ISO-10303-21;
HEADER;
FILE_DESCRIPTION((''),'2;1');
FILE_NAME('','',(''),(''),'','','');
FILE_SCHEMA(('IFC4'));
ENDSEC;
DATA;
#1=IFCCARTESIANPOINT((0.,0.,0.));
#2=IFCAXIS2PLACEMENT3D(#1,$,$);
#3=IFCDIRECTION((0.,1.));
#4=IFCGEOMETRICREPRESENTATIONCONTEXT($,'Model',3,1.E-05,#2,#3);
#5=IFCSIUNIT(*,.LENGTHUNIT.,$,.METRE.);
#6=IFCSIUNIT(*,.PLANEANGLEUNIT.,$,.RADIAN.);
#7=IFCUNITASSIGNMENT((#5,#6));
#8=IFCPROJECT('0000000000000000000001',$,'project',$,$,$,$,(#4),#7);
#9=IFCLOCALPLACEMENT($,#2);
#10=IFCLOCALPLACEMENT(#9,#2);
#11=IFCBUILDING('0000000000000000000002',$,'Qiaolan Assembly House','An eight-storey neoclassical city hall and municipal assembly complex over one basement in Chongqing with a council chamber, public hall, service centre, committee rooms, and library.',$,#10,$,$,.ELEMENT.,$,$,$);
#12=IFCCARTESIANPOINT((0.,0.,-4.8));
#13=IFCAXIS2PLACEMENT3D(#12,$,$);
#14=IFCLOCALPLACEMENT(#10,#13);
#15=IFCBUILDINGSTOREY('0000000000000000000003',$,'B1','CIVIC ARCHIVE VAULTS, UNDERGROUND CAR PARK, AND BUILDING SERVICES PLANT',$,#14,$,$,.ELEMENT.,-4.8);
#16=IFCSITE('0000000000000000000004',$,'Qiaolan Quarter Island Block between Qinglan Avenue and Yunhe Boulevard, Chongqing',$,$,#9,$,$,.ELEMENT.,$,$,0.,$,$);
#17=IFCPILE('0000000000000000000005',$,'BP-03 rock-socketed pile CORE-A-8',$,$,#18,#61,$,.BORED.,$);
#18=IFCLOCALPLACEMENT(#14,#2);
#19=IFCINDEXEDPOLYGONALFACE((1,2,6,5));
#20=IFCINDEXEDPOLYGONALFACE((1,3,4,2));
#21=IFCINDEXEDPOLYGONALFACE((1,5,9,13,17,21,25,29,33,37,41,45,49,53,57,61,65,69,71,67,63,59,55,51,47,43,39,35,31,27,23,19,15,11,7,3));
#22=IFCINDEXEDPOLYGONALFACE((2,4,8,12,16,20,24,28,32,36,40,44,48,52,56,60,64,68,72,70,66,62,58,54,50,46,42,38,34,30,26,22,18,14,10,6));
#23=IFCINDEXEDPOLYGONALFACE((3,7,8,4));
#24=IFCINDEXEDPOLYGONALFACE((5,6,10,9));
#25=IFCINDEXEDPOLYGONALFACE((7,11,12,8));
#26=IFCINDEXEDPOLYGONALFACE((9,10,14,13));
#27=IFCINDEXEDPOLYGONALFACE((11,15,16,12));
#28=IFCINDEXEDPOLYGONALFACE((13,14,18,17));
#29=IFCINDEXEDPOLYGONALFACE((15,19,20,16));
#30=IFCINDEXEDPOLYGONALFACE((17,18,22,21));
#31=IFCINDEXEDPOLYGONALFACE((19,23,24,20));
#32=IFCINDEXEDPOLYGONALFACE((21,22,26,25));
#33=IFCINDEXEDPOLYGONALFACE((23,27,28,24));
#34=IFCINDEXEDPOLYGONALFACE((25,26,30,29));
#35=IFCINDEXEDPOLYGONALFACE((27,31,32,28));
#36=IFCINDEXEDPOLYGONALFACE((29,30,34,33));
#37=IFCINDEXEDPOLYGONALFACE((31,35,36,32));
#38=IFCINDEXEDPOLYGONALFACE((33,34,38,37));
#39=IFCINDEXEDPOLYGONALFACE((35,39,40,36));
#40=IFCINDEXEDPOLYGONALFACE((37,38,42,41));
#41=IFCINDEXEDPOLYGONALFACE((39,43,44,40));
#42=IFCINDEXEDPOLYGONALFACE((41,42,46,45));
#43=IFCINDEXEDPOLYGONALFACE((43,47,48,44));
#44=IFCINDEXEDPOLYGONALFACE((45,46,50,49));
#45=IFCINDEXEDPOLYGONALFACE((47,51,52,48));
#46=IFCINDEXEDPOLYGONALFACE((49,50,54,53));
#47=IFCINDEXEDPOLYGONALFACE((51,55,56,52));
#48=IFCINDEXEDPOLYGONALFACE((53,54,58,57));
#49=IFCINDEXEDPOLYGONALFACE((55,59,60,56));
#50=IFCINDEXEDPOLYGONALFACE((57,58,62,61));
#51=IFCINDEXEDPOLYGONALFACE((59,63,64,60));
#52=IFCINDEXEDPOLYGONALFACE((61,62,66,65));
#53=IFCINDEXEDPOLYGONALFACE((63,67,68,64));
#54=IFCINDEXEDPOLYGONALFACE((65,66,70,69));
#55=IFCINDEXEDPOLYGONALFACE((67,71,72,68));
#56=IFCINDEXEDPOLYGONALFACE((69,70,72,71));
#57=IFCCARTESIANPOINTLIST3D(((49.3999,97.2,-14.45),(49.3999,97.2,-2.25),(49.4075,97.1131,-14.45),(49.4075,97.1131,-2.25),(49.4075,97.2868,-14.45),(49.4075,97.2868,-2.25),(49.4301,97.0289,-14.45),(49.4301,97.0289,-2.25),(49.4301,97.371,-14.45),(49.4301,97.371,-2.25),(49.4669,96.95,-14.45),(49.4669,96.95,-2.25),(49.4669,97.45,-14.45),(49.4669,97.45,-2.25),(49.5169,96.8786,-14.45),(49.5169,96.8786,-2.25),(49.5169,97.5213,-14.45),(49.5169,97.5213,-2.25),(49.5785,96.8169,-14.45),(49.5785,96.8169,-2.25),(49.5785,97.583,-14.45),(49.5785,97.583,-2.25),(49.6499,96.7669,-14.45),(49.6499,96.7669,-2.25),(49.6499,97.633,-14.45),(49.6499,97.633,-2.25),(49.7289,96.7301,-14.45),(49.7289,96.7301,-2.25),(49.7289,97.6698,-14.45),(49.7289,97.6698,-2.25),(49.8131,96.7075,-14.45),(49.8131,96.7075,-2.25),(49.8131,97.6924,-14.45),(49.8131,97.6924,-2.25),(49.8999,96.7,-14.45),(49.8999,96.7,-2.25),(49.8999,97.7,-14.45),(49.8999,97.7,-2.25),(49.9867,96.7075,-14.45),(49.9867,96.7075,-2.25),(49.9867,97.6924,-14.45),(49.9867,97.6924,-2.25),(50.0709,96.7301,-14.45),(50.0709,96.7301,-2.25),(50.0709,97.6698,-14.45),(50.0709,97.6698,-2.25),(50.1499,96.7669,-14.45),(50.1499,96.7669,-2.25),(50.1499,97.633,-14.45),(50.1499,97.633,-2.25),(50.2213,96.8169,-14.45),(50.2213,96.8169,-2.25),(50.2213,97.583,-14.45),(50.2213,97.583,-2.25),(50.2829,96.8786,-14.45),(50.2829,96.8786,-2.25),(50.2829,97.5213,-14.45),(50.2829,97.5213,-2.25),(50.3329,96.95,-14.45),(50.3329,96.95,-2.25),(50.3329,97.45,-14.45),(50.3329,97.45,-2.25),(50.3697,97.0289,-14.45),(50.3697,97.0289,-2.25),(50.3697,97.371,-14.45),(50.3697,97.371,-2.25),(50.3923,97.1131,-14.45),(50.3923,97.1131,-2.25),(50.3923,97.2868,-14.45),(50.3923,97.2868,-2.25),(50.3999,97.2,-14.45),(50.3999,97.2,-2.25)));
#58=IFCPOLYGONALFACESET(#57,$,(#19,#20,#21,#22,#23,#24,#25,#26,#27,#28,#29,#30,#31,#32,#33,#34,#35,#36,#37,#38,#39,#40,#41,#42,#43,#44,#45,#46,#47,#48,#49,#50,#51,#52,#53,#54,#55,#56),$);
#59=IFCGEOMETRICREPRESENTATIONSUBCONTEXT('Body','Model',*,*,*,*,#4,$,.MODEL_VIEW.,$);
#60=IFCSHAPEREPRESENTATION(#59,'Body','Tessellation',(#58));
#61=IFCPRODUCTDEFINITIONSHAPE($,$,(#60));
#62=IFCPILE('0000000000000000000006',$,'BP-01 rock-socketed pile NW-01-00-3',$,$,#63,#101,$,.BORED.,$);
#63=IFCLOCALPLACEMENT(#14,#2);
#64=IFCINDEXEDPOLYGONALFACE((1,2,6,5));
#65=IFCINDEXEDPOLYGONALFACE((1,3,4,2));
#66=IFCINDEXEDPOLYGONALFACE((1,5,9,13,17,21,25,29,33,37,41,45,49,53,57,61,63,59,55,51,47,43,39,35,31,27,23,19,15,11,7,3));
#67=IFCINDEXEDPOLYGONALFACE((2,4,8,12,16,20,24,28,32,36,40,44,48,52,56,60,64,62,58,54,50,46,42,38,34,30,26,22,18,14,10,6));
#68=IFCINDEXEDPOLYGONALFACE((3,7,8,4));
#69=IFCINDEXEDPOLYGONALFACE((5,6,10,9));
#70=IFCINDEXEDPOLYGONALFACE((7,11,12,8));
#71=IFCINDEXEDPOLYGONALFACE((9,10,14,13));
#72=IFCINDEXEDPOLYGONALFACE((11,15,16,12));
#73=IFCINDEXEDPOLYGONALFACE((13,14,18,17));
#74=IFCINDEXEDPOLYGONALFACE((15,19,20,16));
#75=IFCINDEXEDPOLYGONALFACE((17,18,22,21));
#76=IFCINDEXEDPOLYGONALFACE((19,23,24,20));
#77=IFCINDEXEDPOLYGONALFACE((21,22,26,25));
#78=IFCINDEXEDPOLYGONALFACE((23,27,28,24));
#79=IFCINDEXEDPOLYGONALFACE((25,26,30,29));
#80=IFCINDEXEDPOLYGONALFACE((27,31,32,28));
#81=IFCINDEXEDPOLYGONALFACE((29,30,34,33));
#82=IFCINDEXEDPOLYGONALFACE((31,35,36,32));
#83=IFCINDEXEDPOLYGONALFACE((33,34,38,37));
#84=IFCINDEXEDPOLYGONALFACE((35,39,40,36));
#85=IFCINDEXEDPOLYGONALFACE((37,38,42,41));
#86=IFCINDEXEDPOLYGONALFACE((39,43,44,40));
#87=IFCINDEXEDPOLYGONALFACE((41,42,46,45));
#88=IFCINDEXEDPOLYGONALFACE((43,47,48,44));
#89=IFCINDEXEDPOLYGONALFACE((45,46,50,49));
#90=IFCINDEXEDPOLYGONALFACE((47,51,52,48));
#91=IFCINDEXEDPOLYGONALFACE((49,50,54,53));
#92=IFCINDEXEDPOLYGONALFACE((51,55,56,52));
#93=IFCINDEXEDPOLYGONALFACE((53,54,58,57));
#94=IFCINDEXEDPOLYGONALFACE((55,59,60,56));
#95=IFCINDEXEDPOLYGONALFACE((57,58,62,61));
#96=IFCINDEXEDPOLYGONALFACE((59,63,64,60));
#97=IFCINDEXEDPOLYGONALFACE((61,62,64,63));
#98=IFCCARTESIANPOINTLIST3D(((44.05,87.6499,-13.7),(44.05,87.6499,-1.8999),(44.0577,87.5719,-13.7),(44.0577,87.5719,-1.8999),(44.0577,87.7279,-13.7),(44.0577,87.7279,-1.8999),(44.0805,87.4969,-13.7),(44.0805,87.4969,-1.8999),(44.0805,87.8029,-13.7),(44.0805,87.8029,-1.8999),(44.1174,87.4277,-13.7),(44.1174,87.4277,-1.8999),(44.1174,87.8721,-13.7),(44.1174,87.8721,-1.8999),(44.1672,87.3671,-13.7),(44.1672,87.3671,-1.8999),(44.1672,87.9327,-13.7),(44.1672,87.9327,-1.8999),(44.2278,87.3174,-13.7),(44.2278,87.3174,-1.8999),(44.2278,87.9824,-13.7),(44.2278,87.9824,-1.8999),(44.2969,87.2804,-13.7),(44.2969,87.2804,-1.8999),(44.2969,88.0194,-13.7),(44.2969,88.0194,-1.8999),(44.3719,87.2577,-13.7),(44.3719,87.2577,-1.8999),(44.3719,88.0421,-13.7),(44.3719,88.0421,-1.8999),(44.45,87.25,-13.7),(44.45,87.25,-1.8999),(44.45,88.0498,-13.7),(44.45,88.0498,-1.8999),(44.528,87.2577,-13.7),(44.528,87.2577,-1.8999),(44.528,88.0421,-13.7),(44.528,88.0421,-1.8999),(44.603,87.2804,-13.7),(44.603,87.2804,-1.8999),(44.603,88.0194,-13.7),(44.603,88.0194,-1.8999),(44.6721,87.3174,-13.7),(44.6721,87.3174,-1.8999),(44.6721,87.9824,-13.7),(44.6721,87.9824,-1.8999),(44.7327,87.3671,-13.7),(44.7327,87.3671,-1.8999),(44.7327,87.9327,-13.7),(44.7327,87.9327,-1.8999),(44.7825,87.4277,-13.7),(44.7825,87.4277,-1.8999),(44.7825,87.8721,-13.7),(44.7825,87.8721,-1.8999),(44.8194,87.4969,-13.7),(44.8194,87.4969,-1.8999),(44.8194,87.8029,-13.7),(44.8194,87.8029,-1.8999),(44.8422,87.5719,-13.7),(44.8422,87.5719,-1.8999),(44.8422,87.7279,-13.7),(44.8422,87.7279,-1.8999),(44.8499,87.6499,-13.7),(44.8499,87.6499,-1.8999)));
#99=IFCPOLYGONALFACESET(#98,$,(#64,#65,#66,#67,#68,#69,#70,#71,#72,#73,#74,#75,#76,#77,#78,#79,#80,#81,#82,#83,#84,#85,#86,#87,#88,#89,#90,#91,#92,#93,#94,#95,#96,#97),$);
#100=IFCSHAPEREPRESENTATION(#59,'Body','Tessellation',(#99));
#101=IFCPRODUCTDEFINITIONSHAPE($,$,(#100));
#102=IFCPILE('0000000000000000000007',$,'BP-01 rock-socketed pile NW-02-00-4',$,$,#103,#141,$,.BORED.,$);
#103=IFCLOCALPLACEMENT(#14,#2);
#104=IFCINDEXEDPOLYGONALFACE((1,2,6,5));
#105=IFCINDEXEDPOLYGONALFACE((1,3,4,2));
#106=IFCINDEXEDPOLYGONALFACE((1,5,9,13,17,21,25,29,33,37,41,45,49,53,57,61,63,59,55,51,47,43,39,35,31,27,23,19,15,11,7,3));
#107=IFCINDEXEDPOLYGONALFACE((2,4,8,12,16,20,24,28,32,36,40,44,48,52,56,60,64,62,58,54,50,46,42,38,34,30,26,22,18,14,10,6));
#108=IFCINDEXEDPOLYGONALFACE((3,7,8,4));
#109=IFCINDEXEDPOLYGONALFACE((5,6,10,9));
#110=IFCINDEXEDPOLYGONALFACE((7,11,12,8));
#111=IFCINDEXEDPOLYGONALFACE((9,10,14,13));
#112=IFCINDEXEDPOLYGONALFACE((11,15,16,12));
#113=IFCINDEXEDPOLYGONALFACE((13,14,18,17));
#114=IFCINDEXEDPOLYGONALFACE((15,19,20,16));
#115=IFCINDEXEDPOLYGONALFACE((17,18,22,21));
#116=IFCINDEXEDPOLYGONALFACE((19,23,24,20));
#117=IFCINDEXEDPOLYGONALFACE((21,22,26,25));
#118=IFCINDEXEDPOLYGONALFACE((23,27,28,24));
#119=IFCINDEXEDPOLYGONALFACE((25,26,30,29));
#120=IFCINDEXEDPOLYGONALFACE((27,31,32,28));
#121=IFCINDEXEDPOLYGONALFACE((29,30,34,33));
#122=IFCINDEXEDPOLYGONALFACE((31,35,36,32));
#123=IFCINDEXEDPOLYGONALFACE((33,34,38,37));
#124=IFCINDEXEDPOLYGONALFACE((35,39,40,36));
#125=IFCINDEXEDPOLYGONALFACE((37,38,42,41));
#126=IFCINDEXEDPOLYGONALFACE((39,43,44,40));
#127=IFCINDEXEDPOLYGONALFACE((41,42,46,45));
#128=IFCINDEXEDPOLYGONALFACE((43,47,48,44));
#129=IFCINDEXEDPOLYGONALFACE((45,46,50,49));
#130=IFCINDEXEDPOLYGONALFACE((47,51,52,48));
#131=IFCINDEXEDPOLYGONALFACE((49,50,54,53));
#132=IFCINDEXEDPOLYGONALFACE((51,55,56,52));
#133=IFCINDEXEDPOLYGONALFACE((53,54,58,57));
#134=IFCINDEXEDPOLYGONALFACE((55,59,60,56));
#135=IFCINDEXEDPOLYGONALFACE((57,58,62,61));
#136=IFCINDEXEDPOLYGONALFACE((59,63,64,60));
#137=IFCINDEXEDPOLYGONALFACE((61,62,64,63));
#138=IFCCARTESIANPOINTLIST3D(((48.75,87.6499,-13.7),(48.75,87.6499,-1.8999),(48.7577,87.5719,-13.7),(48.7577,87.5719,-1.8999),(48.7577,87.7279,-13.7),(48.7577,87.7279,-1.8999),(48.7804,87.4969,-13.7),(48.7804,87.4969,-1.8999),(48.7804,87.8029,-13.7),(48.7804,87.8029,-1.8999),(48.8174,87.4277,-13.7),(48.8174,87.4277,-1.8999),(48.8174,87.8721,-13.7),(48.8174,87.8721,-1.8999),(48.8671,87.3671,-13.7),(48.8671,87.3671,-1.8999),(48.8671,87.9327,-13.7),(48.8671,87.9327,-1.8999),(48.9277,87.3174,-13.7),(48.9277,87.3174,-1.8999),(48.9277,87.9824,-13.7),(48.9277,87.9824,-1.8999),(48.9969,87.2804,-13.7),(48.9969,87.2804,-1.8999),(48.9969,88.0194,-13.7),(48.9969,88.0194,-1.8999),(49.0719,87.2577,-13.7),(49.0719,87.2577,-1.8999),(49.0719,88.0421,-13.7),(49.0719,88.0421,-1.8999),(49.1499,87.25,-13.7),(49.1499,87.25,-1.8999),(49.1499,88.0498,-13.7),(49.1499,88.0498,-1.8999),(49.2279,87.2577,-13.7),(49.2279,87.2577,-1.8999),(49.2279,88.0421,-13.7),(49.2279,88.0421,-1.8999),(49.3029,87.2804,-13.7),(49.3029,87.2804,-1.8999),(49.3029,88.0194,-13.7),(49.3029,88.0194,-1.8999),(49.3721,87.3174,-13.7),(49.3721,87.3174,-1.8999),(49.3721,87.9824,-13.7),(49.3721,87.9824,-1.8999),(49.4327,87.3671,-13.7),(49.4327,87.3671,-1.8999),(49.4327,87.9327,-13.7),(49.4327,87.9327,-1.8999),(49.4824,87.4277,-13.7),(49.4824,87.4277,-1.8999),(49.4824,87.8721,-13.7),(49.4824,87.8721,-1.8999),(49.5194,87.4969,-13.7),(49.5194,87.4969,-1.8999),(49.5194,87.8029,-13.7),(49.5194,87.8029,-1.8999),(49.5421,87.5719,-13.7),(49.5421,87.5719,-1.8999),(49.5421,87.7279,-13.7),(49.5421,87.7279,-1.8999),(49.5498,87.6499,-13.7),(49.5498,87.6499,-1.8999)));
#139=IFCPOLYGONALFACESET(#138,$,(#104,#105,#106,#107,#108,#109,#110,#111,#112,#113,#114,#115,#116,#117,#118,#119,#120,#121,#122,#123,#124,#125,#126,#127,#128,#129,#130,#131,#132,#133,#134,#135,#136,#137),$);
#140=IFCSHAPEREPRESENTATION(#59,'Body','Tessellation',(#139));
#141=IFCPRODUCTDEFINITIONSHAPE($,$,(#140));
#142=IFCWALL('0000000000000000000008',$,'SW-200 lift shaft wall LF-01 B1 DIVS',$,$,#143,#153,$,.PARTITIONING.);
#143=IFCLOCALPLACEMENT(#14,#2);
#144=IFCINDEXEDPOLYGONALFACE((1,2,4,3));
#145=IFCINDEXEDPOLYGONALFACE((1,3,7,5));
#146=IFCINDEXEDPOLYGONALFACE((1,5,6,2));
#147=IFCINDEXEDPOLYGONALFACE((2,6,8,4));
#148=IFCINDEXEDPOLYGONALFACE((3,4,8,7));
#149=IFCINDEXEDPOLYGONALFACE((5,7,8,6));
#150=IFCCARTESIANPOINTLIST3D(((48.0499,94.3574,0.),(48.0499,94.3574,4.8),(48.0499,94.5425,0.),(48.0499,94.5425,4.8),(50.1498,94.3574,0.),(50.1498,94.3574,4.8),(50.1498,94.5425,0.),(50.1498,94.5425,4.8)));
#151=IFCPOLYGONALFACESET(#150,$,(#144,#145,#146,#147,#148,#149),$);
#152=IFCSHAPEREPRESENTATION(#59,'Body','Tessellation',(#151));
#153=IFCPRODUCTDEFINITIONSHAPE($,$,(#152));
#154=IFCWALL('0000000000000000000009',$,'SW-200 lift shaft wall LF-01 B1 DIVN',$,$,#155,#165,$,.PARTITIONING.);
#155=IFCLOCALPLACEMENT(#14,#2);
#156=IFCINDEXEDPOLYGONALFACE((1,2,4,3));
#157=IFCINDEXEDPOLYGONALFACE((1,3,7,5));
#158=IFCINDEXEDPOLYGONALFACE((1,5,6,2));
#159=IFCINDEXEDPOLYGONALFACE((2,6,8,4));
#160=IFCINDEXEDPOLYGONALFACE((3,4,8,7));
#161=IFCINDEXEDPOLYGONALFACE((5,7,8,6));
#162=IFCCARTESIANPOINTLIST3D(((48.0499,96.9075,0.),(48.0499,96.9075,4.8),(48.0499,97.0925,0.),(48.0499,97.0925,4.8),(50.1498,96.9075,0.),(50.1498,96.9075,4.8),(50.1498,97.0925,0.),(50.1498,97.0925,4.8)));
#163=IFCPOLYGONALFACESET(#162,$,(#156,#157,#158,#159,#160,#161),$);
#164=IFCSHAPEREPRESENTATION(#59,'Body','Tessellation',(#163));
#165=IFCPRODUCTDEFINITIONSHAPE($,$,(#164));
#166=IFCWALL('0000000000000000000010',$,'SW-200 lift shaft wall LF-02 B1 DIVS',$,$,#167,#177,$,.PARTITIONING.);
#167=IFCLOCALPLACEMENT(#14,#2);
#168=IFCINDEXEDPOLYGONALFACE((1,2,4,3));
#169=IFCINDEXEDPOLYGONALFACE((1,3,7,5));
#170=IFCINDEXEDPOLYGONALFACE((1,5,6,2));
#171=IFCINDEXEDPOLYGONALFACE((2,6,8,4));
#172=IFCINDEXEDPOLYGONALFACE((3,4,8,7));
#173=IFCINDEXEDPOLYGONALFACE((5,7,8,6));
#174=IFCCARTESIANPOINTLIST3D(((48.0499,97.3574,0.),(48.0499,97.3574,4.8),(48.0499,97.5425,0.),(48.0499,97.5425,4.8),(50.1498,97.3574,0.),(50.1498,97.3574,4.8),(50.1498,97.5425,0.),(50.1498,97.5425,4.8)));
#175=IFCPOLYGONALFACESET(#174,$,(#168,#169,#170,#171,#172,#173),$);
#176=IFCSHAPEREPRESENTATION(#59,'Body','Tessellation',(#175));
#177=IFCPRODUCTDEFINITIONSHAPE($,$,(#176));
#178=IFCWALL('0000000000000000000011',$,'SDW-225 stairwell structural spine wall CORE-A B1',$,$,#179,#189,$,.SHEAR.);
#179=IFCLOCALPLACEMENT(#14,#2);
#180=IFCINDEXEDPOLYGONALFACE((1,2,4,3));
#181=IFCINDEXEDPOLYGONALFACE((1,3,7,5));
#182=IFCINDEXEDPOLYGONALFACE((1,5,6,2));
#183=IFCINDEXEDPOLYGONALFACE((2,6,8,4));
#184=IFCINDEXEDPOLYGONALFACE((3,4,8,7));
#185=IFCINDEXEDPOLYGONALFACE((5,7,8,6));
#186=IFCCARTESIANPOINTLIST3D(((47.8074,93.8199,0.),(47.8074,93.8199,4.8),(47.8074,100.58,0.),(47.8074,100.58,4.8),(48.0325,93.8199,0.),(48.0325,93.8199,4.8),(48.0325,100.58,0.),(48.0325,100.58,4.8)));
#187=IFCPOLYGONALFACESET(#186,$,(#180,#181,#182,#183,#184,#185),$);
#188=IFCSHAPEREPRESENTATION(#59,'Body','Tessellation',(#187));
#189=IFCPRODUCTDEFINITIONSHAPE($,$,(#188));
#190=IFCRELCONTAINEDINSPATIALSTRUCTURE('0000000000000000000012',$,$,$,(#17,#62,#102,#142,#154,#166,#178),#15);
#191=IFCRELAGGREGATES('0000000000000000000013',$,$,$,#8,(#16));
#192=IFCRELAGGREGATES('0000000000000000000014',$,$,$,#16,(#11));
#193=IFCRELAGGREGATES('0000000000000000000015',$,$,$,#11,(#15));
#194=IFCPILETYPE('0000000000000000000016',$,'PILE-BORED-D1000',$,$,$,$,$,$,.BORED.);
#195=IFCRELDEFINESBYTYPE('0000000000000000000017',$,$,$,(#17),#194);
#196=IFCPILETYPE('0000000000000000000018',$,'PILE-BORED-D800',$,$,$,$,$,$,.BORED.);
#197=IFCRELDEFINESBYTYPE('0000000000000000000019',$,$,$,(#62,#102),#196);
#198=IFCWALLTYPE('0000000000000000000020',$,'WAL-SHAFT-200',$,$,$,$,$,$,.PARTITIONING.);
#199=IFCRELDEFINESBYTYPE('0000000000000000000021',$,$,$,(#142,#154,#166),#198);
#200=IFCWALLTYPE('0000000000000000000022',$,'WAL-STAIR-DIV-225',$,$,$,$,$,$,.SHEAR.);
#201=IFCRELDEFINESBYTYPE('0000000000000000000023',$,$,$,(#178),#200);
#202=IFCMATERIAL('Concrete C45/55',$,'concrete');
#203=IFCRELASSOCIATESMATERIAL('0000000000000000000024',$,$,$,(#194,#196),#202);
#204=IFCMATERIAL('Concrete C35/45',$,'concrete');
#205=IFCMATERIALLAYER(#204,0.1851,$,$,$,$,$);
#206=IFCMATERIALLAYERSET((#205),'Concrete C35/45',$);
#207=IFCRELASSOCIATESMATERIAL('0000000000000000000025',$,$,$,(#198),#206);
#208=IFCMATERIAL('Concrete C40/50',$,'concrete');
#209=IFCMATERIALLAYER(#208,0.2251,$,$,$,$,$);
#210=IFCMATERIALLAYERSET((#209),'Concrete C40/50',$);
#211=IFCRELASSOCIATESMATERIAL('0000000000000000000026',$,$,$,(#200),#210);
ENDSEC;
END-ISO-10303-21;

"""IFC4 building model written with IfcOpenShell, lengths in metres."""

from ifc_helpers import new_model, si_unit, direction, frame, frame_2d, origin, origin_2d, place, context, subcontext, project, spatial, rectangle, circle, extrude, material, layer, layer_set, material_profile, profile_set, type_object, element, save


model = new_model("IFC4")

# Units and contexts
model_context = context("Model", 3, precision=1e-05, world=origin(), true_north=direction((0.0, 1.0)))
body_context = subcontext(model_context, "Body", "Model", "MODEL_VIEW")
ifc_project = project(units=[si_unit("LENGTHUNIT", "METRE"), si_unit("PLANEANGLEUNIT", "RADIAN")], contexts=[model_context])

# Site, building, storey
site_placement = place(None, origin())
site = spatial("IfcSite", under=ifc_project, at=site_placement, Name="Qiaolan Quarter Island Block between Qinglan Avenue and Yunhe Boulevard, Chongqing", CompositionType="ELEMENT", RefElevation=0.0)
building_placement = place(site_placement, origin())
building = spatial("IfcBuilding", under=site, at=building_placement, Name="Qiaolan Assembly House", Description="An eight-storey neoclassical city hall and municipal assembly complex over one basement in Chongqing with a council chamber, public hall, service centre, committee rooms, and library.", CompositionType="ELEMENT")
storey_placement = place(building_placement, frame((0.0, 0.0, -4.8)))
storey = spatial("IfcBuildingStorey", under=building, at=storey_placement, Name="B1", Description="CIVIC ARCHIVE VAULTS, UNDERGROUND CAR PARK, AND BUILDING SERVICES PLANT", CompositionType="ELEMENT", Elevation=-4.8)

# Shared definitions
ifc_material_1 = material(Name="Concrete C40/50", Category="concrete")

# Piles
ifc_material_2 = material(Name="Concrete C45/55", Category="concrete")
ifc_material_profile_1 = material_profile(ifc_material_2, circle(Radius=0.5, at=origin_2d()), Name="PILE D1000")
ifc_profile_set_1 = profile_set([ifc_material_profile_1], Name="Concrete C45/55")
pile_type_1 = type_object("IfcPileType", Name="PILE-BORED-D1000", PredefinedType="BORED", material=ifc_profile_set_1)
for number, where, z_axis, x_axis, name in (
    (1, (49.8999, 97.2, -2.25), (0.0, 0.0, -1.0), (1.0, 0.0, 0.0), "BP-03 rock-socketed pile CORE-A-8"),
):
    element("IfcPile", number, at=place(storey_placement, frame(where, z_axis=z_axis, x_axis=x_axis)), inside=storey, type_object=pile_type_1, Name=name, PredefinedType="BORED", context=body_context, shape_type="SweptSolid", body=[
        extrude(circle(Radius=0.5, at=origin_2d()), origin(), (0.0, 0.0, 1.0), 12.2),
    ])
ifc_material_profile_2 = material_profile(ifc_material_2, circle(Radius=0.3999, at=origin_2d()), Name="PILE D800")
ifc_profile_set_2 = profile_set([ifc_material_profile_2], Name="Concrete C45/55")
pile_type_2 = type_object("IfcPileType", Name="PILE-BORED-D800", PredefinedType="BORED", material=ifc_profile_set_2)
for number, where, z_axis, x_axis, name in (
    (2, (44.45, 87.6499, -1.8999), (0.0, 0.0, -1.0), (1.0, 0.0, 0.0), "BP-01 rock-socketed pile NW-01-00-3"),
    (3, (49.1499, 87.6499, -1.8999), (0.0, 0.0, -1.0), (1.0, 0.0, 0.0), "BP-01 rock-socketed pile NW-02-00-4"),
):
    element("IfcPile", number, at=place(storey_placement, frame(where, z_axis=z_axis, x_axis=x_axis)), inside=storey, type_object=pile_type_2, Name=name, PredefinedType="BORED", context=body_context, shape_type="SweptSolid", body=[
        extrude(circle(Radius=0.3999, at=origin_2d()), origin(), (0.0, 0.0, 1.0), 11.8),
    ])

# Walls
ifc_material_3 = material(Name="Concrete C35/45", Category="concrete")
ifc_layer_1 = layer(ifc_material_3, 0.1851)
ifc_layer_set_1 = layer_set([ifc_layer_1], Name="Concrete C35/45")
wall_type_1 = type_object("IfcWallType", Name="WAL-SHAFT-200", PredefinedType="PARTITIONING", material=ifc_layer_set_1)
for number, where, z_axis, x_axis, name in (
    (4, (48.05, 94.45, 0.0), (0.0, 0.0, 1.0), (1.0, 0.0, 0.0), "SW-200 lift shaft wall LF-01 B1 DIVS"),
    (5, (48.05, 97.0, 0.0), (0.0, 0.0, 1.0), (1.0, 0.0, 0.0), "SW-200 lift shaft wall LF-01 B1 DIVN"),
    (6, (48.05, 97.45, 0.0), (0.0, 0.0, 1.0), (1.0, 0.0, 0.0), "SW-200 lift shaft wall LF-02 B1 DIVS"),
):
    element("IfcWall", number, at=place(storey_placement, frame(where, z_axis=z_axis, x_axis=x_axis)), inside=storey, type_object=wall_type_1, Name=name, PredefinedType="PARTITIONING", context=body_context, shape_type="SweptSolid", body=[
        extrude(rectangle(XDim=2.0999, YDim=0.1851, at=frame_2d((1.0498, 0.0))), origin(), (0.0, 0.0, 1.0), 4.8),
    ])
ifc_layer_2 = layer(ifc_material_1, 0.2251)
ifc_layer_set_2 = layer_set([ifc_layer_2], Name="Concrete C40/50")
wall_type_2 = type_object("IfcWallType", Name="WAL-STAIR-DIV-225", PredefinedType="SHEAR", material=ifc_layer_set_2)
wall_placement = place(storey_placement, frame((47.9199, 93.8201, 0.0), z_axis=(0.0, 0.0, 1.0), x_axis=(0.0, 1.0, 0.0)))
element("IfcWall", 7, at=wall_placement, inside=storey, type_object=wall_type_2, Name="SDW-225 stairwell structural spine wall CORE-A B1", PredefinedType="SHEAR", context=body_context, shape_type="SweptSolid", body=[
    extrude(rectangle(XDim=6.76, YDim=0.2251, at=frame_2d((3.3799, 0.0))), origin(), (0.0, 0.0, 1.0), 4.8),
])

save(model, "model.ifc")
